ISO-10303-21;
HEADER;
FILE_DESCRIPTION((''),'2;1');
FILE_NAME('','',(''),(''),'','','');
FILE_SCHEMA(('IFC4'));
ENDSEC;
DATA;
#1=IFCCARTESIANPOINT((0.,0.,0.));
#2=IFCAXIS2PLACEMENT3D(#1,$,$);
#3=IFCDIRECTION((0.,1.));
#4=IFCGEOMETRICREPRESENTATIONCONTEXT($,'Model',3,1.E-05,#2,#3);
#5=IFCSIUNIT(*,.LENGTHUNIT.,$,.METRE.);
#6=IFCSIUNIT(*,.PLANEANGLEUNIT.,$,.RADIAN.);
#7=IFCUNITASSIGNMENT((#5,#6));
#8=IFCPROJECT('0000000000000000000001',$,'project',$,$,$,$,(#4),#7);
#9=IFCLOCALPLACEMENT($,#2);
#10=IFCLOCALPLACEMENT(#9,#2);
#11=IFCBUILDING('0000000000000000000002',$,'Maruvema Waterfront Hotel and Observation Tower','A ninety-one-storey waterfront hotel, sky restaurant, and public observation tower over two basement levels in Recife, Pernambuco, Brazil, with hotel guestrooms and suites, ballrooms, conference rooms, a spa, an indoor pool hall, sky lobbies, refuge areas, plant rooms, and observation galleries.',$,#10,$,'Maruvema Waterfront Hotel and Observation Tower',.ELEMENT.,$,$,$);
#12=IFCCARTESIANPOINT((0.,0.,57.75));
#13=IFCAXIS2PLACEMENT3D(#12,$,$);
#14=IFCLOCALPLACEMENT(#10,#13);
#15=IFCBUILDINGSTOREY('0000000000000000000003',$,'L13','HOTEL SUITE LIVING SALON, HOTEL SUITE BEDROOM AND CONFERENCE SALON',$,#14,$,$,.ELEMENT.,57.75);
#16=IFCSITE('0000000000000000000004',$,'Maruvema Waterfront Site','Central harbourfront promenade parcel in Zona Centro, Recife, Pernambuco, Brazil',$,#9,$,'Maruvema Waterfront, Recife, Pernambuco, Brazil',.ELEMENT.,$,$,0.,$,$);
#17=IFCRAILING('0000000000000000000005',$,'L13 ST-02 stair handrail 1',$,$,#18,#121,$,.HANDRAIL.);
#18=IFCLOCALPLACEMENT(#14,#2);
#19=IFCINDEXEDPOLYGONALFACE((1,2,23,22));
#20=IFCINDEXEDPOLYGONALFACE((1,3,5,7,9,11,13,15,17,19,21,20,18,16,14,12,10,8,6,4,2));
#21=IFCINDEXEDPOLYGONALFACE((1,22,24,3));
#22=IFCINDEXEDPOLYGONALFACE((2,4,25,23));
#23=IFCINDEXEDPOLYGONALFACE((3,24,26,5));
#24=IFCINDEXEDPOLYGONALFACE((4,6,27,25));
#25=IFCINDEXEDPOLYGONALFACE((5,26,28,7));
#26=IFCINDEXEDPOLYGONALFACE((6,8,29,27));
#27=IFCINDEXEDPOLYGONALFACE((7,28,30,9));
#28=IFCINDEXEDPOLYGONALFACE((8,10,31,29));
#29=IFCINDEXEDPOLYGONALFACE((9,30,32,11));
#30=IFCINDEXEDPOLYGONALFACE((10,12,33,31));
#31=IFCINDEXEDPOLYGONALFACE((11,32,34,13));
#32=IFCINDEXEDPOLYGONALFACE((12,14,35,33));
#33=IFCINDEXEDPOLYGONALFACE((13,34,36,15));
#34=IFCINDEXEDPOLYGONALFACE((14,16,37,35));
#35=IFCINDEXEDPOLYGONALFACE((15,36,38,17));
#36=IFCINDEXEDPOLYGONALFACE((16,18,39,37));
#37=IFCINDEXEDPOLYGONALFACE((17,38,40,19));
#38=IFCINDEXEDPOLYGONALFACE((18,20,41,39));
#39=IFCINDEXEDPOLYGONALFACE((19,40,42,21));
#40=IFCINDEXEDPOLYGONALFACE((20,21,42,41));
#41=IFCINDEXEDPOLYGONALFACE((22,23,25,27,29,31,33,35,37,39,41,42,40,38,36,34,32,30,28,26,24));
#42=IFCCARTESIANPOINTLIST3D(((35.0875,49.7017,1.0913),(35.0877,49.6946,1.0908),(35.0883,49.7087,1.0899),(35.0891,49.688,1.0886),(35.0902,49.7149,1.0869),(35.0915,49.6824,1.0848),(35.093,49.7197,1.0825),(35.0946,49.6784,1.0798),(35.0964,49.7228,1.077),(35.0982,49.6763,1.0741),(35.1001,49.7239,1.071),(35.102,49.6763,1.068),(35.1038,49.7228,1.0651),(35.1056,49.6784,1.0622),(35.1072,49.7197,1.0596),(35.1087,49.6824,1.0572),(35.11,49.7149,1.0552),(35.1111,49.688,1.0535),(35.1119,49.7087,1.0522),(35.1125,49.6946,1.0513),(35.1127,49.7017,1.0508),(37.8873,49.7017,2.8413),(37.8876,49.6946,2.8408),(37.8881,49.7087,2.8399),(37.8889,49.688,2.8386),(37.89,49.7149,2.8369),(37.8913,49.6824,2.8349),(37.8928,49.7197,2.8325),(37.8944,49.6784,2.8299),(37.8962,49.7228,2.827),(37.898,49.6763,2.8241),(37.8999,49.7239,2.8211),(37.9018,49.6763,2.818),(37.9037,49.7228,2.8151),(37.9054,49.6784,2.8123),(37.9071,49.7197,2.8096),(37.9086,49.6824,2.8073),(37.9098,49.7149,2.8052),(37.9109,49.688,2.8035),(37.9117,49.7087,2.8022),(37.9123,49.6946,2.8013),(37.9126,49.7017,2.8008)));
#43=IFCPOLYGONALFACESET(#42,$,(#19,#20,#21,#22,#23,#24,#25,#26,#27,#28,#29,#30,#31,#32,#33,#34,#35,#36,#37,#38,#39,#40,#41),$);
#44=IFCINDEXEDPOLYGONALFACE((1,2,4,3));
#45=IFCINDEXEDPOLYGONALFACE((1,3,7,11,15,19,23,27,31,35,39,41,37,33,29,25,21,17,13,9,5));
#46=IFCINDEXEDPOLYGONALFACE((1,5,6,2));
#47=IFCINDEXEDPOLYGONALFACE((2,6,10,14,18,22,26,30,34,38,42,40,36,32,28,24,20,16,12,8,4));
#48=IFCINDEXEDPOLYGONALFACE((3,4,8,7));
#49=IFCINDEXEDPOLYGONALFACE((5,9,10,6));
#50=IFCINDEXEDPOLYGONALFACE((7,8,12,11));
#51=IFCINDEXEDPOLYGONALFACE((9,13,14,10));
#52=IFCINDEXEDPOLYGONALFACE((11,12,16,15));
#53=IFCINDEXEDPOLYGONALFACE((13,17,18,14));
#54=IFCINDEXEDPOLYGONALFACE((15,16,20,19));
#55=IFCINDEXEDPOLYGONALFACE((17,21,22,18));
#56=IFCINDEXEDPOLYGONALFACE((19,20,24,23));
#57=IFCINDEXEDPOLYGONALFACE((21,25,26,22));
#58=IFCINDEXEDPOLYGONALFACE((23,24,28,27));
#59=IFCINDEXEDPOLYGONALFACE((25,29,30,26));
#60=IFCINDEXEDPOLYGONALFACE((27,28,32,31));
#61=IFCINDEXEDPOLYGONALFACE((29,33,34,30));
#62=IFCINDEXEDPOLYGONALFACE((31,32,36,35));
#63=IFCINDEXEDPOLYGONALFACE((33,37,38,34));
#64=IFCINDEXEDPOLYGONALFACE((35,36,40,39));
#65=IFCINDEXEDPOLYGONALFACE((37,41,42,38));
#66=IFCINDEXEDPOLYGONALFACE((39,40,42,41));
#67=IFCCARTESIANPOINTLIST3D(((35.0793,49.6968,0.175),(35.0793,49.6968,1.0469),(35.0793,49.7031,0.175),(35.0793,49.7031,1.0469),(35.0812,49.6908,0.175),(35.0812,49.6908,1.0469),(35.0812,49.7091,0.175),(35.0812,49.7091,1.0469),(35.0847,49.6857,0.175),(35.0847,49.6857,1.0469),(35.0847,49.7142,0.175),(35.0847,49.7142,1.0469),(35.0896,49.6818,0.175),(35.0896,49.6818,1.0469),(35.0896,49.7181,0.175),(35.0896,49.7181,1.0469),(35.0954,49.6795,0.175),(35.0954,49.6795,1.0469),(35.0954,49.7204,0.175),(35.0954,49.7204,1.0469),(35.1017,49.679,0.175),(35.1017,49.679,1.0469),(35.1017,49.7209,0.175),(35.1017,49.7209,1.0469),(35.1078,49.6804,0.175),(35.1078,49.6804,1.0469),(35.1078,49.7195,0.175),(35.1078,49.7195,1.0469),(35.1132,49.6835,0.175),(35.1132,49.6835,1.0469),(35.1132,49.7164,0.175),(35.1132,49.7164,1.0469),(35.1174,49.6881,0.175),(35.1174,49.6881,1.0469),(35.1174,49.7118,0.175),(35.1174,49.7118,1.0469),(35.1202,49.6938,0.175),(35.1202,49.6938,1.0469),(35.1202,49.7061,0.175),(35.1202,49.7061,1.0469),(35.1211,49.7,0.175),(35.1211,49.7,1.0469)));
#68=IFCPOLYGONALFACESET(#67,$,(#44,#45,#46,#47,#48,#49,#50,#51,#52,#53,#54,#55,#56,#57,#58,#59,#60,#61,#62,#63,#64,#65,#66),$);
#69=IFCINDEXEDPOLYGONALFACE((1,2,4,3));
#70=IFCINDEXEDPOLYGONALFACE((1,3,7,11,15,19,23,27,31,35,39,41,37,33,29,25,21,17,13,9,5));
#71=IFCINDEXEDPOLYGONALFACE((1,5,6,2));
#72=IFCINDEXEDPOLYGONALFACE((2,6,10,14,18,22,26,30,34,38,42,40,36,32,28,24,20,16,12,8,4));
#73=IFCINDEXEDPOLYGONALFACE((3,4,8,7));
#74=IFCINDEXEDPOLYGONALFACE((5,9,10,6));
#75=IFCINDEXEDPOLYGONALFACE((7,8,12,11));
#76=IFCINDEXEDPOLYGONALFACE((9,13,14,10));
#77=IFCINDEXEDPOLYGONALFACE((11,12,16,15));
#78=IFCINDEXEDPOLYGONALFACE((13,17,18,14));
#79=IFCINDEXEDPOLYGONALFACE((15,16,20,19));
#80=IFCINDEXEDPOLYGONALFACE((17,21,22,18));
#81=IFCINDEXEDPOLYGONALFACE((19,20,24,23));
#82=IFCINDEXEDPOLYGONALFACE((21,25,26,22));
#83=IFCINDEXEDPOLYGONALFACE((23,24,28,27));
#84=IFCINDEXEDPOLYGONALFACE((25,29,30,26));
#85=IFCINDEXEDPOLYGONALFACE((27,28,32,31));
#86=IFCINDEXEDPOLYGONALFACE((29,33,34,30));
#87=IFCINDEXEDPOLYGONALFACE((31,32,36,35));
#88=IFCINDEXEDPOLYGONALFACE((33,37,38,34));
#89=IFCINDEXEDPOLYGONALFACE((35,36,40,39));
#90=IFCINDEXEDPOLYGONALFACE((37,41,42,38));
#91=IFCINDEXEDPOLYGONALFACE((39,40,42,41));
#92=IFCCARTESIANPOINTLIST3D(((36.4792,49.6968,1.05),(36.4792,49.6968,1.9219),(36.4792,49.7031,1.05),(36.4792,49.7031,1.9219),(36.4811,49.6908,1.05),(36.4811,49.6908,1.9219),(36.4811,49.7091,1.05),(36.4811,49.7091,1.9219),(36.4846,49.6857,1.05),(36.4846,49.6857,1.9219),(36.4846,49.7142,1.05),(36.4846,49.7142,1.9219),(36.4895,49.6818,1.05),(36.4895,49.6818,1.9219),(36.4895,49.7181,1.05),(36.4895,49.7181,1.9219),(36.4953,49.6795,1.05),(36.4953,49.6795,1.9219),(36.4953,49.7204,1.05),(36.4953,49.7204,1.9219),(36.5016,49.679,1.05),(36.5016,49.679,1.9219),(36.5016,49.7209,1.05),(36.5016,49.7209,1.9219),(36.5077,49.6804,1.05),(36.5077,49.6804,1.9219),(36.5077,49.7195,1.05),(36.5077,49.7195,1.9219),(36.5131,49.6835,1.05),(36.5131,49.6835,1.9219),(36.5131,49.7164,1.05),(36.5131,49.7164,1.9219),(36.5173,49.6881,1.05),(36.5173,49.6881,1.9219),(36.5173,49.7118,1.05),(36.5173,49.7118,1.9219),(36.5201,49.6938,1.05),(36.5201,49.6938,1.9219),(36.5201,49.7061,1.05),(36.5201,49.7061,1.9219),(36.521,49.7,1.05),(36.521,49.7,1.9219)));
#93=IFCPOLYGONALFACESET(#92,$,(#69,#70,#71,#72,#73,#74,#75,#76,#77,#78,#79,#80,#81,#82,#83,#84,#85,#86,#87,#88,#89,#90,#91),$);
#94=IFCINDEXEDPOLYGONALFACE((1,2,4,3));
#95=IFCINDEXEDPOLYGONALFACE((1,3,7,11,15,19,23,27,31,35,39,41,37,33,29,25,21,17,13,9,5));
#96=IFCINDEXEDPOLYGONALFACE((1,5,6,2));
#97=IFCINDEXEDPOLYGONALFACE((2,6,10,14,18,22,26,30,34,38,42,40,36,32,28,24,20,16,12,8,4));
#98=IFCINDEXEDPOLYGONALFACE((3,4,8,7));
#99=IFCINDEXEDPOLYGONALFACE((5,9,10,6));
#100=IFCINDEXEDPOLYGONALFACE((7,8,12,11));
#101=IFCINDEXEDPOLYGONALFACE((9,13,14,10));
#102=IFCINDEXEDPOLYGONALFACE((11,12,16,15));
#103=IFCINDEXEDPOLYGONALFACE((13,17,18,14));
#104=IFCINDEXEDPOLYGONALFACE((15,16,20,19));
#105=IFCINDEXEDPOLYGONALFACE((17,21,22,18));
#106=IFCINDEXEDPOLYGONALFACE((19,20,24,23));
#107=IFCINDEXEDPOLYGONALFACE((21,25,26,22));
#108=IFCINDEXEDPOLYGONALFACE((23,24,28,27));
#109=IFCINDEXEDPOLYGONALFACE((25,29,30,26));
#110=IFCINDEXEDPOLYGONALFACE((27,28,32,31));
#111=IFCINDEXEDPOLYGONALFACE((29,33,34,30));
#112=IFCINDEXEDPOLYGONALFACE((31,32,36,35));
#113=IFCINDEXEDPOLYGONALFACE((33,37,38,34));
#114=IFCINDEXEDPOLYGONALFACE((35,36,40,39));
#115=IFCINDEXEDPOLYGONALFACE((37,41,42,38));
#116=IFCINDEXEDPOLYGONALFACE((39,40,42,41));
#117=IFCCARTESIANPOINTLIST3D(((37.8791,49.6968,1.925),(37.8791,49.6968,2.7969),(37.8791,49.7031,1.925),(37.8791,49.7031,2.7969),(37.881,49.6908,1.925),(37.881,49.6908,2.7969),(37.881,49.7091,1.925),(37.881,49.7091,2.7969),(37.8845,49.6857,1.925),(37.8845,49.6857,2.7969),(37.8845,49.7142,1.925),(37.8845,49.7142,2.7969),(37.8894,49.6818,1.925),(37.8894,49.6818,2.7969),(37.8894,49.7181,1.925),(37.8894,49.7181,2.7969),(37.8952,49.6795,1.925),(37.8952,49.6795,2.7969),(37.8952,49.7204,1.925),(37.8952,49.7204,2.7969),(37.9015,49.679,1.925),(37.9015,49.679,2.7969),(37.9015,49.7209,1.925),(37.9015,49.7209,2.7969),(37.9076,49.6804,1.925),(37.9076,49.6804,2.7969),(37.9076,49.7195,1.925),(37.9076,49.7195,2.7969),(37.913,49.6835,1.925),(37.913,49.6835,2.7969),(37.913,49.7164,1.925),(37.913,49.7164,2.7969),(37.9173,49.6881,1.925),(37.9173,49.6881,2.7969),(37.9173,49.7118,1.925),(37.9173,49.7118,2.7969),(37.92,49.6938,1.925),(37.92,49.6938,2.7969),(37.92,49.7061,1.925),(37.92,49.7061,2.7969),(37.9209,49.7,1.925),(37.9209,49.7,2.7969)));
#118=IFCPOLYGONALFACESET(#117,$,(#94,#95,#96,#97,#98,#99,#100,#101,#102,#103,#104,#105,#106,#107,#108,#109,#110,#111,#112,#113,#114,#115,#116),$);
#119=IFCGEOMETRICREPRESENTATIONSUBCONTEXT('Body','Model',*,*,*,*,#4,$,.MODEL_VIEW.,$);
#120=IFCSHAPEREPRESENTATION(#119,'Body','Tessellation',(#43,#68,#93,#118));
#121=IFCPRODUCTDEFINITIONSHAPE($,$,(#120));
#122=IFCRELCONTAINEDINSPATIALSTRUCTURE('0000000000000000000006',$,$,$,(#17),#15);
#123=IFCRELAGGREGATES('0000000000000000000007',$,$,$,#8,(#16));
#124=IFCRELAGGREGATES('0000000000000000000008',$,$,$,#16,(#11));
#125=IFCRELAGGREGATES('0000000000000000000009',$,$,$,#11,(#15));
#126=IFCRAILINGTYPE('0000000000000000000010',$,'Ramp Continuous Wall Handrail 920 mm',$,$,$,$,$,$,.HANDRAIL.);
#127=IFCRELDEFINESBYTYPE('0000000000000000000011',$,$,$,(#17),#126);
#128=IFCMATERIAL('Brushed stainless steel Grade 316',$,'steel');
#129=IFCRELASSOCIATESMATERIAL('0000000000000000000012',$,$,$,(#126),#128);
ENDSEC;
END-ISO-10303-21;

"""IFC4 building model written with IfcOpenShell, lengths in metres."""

from ifc_helpers import new_model, si_unit, direction, frame, origin, origin_2d, place, context, subcontext, project, spatial, circle, extrude, material, type_object, element, save


model = new_model("IFC4")

# Units and contexts
model_context = context("Model", 3, precision=1e-05, world=origin(), true_north=direction((0.0, 1.0)))
body_context = subcontext(model_context, "Body", "Model", "MODEL_VIEW")
ifc_project = project(units=[si_unit("LENGTHUNIT", "METRE"), si_unit("PLANEANGLEUNIT", "RADIAN")], contexts=[model_context])

# Site, building, storey
site_placement = place(None, origin())
site = spatial("IfcSite", under=ifc_project, at=site_placement, Name="Maruvema Waterfront Site", Description="Central harbourfront promenade parcel in Zona Centro, Recife, Pernambuco, Brazil", LongName="Maruvema Waterfront, Recife, Pernambuco, Brazil", CompositionType="ELEMENT", RefElevation=0.0)
building_placement = place(site_placement, origin())
building = spatial("IfcBuilding", under=site, at=building_placement, Name="Maruvema Waterfront Hotel and Observation Tower", Description="A ninety-one-storey waterfront hotel, sky restaurant, and public observation tower over two basement levels in Recife, Pernambuco, Brazil, with hotel guestrooms and suites, ballrooms, conference rooms, a spa, an indoor pool hall, sky lobbies, refuge areas, plant rooms, and observation galleries.", LongName="Maruvema Waterfront Hotel and Observation Tower", CompositionType="ELEMENT")
storey_placement = place(building_placement, frame((0.0, 0.0, 57.75)))
storey = spatial("IfcBuildingStorey", under=building, at=storey_placement, Name="L13", Description="HOTEL SUITE LIVING SALON, HOTEL SUITE BEDROOM AND CONFERENCE SALON", CompositionType="ELEMENT", Elevation=57.75)

# Railing
ifc_material_1 = material(Name="Brushed stainless steel Grade 316", Category="steel")
railing_type_1 = type_object("IfcRailingType", Name="Ramp Continuous Wall Handrail 920 mm", PredefinedType="HANDRAIL", material=ifc_material_1)
railing_1_placement = place(storey_placement, frame((35.1001, 49.7, 0.175)))
element("IfcRailing", 1, at=railing_1_placement, inside=storey, type_object=railing_type_1, Name="L13 ST-02 stair handrail 1", PredefinedType="HANDRAIL", context=body_context, shape_type="SweptSolid", body=[
    extrude(circle(Radius=0.0239, at=origin_2d()), frame((0.0, 0.0, 0.896), z_axis=(0.847982, 0.0, 0.530026), x_axis=(0.0, 1.0, 0.0)), (0.0, 0.0, 1.0), 3.3018),
    extrude(circle(Radius=0.021, at=origin_2d()), origin(), (0.0, 0.0, 1.0), 0.8718),
    extrude(circle(Radius=0.021, at=origin_2d()), frame((1.3999, 0.0, 0.875)), (0.0, 0.0, 1.0), 0.8718),
    extrude(circle(Radius=0.021, at=origin_2d()), frame((2.7998, 0.0, 1.75)), (0.0, 0.0, 1.0), 0.8718),
])

save(model, "model.ifc")
